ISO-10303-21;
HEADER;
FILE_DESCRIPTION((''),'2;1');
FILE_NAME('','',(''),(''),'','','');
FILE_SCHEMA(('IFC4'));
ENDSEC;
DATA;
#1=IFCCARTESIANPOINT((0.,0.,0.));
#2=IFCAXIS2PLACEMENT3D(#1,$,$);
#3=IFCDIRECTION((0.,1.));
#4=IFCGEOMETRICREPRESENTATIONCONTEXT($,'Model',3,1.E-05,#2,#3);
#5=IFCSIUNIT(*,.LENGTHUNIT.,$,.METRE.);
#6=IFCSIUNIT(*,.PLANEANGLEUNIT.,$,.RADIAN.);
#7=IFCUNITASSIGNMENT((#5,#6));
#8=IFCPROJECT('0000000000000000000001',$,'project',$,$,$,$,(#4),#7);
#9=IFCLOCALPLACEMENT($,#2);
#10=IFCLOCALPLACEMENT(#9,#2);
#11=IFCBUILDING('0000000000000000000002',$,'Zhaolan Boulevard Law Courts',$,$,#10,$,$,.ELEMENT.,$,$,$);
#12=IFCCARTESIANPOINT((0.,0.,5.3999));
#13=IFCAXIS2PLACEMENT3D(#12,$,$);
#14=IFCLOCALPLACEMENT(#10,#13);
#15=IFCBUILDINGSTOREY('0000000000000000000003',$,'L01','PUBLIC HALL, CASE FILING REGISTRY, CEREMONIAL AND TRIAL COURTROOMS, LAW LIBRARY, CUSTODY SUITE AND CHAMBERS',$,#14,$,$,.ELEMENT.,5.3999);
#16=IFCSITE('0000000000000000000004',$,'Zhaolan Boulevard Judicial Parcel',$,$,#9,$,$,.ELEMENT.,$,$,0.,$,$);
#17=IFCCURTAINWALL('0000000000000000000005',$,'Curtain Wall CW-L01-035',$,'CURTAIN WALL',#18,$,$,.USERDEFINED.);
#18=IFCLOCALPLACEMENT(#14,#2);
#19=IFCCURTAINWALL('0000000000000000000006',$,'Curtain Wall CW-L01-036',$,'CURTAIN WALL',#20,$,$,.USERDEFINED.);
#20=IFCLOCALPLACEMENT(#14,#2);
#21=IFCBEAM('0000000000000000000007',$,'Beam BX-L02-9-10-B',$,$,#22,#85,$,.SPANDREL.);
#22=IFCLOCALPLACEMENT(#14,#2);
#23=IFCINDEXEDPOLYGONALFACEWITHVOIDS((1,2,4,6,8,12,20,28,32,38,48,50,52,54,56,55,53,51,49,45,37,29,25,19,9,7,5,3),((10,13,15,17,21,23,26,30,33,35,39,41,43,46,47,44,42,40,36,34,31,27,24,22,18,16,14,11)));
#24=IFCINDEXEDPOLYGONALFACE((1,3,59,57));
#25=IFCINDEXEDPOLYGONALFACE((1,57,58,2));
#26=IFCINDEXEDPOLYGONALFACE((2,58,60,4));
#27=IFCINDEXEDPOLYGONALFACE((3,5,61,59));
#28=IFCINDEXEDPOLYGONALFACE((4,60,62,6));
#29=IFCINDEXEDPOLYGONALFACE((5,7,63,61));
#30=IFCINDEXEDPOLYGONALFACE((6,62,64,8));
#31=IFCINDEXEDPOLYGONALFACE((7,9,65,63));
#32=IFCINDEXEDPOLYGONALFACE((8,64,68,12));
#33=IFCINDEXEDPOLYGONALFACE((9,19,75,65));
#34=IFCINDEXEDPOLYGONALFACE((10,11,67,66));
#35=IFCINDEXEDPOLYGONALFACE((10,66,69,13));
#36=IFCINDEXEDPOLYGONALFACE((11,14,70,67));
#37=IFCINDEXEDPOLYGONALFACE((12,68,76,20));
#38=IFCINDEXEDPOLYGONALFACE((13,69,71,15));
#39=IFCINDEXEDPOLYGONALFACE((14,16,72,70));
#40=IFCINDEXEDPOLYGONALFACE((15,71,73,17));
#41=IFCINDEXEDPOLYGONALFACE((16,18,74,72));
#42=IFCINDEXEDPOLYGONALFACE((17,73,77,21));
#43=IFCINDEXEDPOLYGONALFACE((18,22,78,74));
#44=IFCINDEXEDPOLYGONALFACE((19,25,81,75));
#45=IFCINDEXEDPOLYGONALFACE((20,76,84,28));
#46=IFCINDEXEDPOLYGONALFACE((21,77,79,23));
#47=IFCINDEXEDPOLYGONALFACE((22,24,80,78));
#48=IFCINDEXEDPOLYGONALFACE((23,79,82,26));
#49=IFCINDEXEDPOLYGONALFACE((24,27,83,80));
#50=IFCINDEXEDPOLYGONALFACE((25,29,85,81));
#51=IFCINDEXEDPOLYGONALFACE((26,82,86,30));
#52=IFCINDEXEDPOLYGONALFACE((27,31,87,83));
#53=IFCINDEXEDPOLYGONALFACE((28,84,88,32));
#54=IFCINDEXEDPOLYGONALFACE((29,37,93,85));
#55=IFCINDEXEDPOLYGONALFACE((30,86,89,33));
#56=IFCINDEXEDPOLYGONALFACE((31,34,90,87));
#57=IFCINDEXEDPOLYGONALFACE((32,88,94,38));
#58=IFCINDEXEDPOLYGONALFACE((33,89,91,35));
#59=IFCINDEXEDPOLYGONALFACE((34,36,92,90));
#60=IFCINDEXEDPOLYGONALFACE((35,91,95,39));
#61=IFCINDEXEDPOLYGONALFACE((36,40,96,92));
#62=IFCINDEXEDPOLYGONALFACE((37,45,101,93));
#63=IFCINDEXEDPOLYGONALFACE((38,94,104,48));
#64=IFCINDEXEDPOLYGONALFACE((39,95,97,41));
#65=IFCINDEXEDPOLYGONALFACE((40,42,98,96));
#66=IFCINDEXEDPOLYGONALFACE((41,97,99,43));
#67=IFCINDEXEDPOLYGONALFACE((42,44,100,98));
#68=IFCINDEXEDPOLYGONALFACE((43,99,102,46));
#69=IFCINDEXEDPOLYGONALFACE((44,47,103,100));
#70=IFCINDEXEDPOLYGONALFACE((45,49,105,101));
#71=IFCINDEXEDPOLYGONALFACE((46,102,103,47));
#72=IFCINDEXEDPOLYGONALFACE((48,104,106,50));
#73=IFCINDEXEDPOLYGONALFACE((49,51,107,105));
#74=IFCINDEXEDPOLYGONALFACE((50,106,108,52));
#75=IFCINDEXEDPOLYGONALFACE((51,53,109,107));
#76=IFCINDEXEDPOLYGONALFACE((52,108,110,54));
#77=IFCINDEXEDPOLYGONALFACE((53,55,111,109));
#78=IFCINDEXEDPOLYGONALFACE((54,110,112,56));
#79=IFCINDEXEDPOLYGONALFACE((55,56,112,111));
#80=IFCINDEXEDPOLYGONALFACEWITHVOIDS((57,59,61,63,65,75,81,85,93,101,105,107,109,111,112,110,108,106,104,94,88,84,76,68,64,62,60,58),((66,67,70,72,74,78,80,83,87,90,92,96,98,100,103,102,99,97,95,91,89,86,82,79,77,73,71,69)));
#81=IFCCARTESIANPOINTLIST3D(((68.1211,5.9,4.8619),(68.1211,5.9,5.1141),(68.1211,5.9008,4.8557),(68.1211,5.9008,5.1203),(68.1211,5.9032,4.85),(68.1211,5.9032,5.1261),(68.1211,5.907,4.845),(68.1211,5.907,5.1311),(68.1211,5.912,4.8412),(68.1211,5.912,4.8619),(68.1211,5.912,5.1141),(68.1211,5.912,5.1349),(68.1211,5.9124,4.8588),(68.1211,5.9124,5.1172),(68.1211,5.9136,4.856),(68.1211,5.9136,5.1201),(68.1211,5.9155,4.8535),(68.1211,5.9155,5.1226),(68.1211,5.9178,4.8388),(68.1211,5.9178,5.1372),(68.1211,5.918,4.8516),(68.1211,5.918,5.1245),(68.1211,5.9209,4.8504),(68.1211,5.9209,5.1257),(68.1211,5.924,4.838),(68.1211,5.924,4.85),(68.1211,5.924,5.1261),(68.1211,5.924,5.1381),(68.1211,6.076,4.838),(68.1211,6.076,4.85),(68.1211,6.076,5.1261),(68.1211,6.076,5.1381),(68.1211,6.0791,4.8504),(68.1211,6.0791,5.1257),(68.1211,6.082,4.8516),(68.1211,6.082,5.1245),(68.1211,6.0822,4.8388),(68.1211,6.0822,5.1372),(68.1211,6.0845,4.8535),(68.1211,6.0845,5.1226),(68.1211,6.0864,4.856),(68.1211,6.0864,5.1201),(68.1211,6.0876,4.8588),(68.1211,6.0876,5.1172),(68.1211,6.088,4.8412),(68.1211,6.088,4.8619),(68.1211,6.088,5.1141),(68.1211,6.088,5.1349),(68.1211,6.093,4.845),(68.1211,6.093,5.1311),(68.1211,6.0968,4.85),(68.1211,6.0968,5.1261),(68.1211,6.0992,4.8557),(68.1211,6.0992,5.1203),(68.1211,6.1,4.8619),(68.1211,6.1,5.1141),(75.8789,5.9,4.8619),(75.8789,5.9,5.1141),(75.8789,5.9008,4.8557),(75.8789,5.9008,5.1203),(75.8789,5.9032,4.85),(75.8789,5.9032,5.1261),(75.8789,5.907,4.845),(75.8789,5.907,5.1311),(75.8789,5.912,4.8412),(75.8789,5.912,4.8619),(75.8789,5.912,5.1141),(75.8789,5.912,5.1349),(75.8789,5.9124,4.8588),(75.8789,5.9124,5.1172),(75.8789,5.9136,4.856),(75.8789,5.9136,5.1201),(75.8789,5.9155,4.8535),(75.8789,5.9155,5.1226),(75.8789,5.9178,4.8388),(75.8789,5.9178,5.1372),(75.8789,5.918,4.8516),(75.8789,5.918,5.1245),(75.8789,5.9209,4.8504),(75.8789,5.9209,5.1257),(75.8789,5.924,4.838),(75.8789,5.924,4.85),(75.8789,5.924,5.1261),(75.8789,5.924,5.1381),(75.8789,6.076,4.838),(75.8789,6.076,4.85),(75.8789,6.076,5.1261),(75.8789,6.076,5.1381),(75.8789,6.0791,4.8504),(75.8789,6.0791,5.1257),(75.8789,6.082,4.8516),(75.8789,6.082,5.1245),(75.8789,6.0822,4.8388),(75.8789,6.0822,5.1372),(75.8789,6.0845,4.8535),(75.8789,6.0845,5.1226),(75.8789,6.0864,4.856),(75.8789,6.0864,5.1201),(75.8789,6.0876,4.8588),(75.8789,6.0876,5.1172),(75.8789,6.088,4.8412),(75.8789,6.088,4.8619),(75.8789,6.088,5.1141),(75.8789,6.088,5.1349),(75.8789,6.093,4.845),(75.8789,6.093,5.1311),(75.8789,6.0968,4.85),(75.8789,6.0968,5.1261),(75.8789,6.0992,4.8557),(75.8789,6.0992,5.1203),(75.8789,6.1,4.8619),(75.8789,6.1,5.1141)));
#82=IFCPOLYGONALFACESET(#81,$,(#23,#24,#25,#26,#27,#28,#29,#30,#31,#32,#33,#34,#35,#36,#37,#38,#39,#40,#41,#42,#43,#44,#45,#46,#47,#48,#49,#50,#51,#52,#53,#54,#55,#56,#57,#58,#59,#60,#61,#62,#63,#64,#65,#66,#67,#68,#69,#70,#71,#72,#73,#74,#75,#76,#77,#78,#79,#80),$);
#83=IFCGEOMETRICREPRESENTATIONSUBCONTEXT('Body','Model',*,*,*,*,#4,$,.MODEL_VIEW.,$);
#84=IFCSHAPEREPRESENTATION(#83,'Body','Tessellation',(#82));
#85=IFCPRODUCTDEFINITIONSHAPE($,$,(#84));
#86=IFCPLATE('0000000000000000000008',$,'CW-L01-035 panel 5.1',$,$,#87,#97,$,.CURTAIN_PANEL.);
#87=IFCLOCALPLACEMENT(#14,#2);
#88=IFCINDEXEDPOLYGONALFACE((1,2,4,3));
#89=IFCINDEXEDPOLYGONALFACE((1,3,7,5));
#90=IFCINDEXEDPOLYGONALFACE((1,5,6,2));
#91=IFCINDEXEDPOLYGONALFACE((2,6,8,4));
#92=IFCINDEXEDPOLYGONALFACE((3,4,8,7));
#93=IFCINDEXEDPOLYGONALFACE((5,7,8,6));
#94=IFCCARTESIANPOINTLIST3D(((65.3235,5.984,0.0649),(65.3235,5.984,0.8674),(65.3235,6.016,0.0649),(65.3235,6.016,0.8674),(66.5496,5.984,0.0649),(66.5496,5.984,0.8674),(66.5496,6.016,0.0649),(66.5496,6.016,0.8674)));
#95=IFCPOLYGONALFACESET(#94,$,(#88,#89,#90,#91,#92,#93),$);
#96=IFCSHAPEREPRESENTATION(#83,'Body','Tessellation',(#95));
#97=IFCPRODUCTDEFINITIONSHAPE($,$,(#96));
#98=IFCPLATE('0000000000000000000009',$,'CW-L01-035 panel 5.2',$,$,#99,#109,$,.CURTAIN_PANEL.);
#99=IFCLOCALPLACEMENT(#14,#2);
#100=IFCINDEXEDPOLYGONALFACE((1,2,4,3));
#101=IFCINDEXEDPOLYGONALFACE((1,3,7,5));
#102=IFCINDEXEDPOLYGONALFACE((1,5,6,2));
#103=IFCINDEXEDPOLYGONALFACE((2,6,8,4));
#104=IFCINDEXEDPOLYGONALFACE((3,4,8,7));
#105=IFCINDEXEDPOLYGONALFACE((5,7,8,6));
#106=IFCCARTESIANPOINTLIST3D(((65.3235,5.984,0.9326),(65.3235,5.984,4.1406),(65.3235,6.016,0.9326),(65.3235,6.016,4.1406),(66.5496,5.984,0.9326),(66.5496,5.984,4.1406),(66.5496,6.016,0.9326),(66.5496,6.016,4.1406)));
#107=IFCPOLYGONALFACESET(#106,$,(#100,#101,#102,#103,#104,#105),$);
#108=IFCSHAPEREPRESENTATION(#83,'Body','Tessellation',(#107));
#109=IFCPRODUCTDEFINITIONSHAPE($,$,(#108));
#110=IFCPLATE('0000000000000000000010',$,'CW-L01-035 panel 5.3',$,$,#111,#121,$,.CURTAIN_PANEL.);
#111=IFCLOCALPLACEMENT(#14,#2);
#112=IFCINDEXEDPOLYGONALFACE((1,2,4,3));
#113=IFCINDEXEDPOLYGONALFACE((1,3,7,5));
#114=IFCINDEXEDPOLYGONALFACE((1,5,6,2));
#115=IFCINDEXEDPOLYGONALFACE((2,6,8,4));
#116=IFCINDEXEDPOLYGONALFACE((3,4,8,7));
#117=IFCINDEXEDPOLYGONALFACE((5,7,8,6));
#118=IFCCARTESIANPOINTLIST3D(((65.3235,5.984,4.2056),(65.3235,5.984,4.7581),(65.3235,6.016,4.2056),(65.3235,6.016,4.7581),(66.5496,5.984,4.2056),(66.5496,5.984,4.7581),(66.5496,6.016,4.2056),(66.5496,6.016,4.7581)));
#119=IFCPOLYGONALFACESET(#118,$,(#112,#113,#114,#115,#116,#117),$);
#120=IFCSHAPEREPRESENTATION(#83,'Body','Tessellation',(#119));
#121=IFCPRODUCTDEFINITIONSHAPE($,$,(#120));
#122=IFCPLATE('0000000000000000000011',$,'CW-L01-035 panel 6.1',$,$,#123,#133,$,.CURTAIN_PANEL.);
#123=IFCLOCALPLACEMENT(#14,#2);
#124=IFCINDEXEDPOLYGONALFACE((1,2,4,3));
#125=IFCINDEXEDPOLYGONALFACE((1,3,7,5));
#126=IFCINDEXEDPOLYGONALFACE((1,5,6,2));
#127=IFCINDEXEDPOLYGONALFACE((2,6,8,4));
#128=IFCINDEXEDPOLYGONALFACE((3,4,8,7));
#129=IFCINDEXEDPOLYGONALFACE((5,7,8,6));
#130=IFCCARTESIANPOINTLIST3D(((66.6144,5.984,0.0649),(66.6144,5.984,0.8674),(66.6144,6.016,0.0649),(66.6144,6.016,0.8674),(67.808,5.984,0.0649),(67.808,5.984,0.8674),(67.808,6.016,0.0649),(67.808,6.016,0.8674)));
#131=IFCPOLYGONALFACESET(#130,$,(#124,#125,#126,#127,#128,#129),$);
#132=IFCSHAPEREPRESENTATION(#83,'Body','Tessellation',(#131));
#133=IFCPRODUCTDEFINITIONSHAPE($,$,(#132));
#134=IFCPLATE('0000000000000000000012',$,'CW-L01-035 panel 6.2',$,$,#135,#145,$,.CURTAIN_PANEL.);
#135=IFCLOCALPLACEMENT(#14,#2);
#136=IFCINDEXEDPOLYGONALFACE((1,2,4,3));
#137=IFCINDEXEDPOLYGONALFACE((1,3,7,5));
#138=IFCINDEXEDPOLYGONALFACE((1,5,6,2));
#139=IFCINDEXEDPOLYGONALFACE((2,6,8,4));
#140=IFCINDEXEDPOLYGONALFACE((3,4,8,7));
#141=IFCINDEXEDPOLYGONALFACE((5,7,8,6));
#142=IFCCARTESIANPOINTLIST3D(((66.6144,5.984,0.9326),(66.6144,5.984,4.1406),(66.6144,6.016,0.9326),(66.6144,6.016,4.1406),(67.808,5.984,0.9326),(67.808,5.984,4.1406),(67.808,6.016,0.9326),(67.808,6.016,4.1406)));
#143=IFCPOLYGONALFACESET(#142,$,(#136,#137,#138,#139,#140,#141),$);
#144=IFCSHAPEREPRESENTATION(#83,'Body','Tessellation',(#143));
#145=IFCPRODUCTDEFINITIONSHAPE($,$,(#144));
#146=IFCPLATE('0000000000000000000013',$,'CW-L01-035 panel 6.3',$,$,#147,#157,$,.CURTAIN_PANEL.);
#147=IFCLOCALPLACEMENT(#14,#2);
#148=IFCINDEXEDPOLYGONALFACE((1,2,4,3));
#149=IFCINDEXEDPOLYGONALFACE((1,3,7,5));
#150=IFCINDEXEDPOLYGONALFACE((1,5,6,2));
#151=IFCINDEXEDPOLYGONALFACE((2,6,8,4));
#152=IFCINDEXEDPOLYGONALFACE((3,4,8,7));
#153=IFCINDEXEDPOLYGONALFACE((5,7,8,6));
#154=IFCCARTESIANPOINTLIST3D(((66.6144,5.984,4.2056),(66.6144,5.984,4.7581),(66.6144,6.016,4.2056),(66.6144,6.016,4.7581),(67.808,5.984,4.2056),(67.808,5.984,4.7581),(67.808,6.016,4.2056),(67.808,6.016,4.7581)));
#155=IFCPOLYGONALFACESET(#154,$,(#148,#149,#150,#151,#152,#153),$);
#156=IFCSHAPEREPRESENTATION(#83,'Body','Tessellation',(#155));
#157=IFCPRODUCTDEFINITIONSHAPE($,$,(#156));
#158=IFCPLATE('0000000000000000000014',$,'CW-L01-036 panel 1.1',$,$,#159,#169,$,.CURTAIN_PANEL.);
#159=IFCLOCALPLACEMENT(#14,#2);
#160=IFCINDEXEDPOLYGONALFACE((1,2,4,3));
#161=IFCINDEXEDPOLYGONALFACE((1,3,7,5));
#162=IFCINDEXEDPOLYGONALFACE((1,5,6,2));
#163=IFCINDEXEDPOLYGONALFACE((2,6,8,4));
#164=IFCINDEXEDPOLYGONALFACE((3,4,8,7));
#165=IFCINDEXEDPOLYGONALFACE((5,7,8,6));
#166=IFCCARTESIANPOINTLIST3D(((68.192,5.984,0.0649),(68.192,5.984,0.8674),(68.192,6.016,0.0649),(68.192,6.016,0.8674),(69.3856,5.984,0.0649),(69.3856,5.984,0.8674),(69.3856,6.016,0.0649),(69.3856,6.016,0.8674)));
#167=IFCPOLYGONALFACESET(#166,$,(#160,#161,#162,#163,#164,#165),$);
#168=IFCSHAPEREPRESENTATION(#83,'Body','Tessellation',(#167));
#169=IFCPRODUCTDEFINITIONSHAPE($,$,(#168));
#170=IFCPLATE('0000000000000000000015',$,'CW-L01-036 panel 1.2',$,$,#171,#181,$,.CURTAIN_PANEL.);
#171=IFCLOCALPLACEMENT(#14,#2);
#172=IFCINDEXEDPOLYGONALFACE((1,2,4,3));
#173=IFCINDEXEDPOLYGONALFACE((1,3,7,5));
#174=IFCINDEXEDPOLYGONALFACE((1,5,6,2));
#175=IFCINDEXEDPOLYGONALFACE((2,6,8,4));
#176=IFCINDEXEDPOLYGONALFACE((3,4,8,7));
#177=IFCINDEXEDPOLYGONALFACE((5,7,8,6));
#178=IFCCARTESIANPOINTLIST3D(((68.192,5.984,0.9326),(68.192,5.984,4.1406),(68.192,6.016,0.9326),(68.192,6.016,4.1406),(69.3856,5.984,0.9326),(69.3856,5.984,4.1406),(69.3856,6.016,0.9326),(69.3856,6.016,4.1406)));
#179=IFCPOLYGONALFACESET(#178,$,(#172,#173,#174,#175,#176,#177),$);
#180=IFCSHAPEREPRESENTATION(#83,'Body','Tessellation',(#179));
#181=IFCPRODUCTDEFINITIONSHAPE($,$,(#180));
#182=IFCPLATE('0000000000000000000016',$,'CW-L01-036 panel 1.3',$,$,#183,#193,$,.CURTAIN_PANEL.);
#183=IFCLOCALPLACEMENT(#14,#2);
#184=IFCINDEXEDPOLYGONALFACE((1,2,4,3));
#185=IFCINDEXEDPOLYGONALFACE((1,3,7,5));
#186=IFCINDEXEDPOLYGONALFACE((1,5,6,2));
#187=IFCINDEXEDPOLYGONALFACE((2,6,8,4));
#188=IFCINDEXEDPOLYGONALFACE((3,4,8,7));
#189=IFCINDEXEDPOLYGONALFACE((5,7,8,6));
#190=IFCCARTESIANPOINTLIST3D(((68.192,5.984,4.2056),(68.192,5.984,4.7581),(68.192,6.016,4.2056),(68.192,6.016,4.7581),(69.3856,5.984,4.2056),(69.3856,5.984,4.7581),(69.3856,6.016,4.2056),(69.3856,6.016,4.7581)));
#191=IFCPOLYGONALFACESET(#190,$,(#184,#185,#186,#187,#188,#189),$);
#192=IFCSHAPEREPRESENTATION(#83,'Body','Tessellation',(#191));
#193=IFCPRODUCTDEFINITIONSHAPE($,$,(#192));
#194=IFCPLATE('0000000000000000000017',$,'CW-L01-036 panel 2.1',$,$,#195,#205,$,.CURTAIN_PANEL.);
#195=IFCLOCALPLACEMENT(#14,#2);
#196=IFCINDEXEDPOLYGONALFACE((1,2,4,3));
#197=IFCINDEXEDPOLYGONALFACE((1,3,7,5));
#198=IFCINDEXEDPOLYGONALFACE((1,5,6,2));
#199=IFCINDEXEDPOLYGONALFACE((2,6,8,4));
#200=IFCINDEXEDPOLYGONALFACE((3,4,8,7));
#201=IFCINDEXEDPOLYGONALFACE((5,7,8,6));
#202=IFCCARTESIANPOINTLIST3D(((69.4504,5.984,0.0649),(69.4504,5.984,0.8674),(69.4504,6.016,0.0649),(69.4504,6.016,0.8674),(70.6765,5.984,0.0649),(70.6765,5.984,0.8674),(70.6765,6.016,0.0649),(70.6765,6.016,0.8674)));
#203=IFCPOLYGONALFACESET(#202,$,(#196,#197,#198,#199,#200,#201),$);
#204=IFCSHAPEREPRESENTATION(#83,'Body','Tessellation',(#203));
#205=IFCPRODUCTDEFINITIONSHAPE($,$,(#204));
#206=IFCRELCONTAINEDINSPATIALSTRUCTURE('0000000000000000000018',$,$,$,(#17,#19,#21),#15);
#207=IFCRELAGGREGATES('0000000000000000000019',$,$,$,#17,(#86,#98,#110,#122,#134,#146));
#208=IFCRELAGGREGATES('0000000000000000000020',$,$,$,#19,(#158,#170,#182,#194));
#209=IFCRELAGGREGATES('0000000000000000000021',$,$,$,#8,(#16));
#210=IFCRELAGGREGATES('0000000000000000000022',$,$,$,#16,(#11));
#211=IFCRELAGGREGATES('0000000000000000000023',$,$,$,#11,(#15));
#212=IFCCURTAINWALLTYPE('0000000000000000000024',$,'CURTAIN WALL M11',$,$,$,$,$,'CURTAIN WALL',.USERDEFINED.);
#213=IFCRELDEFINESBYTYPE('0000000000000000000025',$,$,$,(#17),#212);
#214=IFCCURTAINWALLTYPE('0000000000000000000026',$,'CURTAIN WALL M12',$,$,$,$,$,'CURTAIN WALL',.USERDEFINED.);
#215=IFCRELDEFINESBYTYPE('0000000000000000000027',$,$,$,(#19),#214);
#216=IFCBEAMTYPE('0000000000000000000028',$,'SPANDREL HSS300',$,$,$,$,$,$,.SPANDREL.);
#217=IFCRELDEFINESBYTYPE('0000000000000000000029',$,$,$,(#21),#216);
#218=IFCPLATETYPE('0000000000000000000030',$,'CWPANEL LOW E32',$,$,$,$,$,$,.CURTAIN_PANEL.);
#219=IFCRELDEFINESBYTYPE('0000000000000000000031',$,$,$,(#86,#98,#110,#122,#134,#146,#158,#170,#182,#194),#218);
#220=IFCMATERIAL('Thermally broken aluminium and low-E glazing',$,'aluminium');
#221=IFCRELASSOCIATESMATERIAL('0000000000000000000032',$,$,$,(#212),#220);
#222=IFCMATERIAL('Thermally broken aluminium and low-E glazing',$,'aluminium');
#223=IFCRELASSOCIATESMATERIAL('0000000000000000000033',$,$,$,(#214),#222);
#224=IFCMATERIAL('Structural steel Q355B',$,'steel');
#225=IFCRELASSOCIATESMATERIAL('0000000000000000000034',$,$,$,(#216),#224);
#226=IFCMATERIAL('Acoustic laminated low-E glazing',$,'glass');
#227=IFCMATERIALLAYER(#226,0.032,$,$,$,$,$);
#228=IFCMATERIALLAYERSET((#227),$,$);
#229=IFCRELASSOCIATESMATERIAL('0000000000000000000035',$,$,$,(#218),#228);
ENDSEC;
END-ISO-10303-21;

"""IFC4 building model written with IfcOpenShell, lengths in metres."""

from ifc_helpers import new_model, si_unit, direction, frame, origin, origin_2d, place, context, subcontext, project, spatial, rectangle, hollow_rectangle, extrude, material, layer, layer_set, material_profile, profile_set, type_object, element, aggregate, save


model = new_model("IFC4")

# Units and contexts
model_context = context("Model", 3, precision=1e-05, world=origin(), true_north=direction((0.0, 1.0)))
body_context = subcontext(model_context, "Body", "Model", "MODEL_VIEW")
ifc_project = project(units=[si_unit("LENGTHUNIT", "METRE"), si_unit("PLANEANGLEUNIT", "RADIAN")], contexts=[model_context])

# Site, building, storey
site_placement = place(None, origin())
site = spatial("IfcSite", under=ifc_project, at=site_placement, Name="Zhaolan Boulevard Judicial Parcel", CompositionType="ELEMENT", RefElevation=0.0)
building_placement = place(site_placement, origin())
building = spatial("IfcBuilding", under=site, at=building_placement, Name="Zhaolan Boulevard Law Courts", CompositionType="ELEMENT")
storey_placement = place(building_placement, frame((0.0, 0.0, 5.3999)))
storey = spatial("IfcBuildingStorey", under=building, at=storey_placement, Name="L01", Description="PUBLIC HALL, CASE FILING REGISTRY, CEREMONIAL AND TRIAL COURTROOMS, LAW LIBRARY, CUSTODY SUITE AND CHAMBERS", CompositionType="ELEMENT", Elevation=5.3999)

# Curtain walls
ifc_material_1 = material(Name="Thermally broken aluminium and low-E glazing", Category="aluminium")
curtain_wall_type_1 = type_object("IfcCurtainWallType", Name="CURTAIN WALL M11", ElementType="CURTAIN WALL", PredefinedType="USERDEFINED", material=ifc_material_1)
curtain_wall_1_placement = place(storey_placement, origin())
curtain_wall_1 = element("IfcCurtainWall", 1, at=curtain_wall_1_placement, inside=storey, type_object=curtain_wall_type_1, Name="Curtain Wall CW-L01-035", ObjectType="CURTAIN WALL", PredefinedType="USERDEFINED")
ifc_material_2 = material(Name="Thermally broken aluminium and low-E glazing", Category="aluminium")
curtain_wall_type_2 = type_object("IfcCurtainWallType", Name="CURTAIN WALL M12", ElementType="CURTAIN WALL", PredefinedType="USERDEFINED", material=ifc_material_2)
curtain_wall_2_placement = place(storey_placement, origin())
curtain_wall_2 = element("IfcCurtainWall", 2, at=curtain_wall_2_placement, inside=storey, type_object=curtain_wall_type_2, Name="Curtain Wall CW-L01-036", ObjectType="CURTAIN WALL", PredefinedType="USERDEFINED")

# Beam
ifc_material_3 = material(Name="Structural steel Q355B", Category="steel")
ifc_material_profile_1 = material_profile(ifc_material_3, hollow_rectangle(XDim=0.2, YDim=0.3, WallThickness=0.012, InnerFilletRadius=0.012, OuterFilletRadius=0.0239, at=origin_2d()), Name="HSS300x200x12")
ifc_profile_set_1 = profile_set([ifc_material_profile_1], Name="Structural steel Q355B")
beam_type = type_object("IfcBeamType", Name="SPANDREL HSS300", PredefinedType="SPANDREL", material=ifc_profile_set_1)
beam_placement = place(storey_placement, frame((68.1211, 6.0, 4.988), z_axis=(1.0, 0.0, 0.0), x_axis=(0.0, 1.0, 0.0)))
element("IfcBeam", 3, at=beam_placement, inside=storey, type_object=beam_type, Name="Beam BX-L02-9-10-B", PredefinedType="SPANDREL", context=body_context, shape_type="SweptSolid", body=[
    extrude(hollow_rectangle(XDim=0.2, YDim=0.3, WallThickness=0.012, InnerFilletRadius=0.012, OuterFilletRadius=0.0239, at=origin_2d()), origin(), (0.0, 0.0, 1.0), 7.7578),
])

# Plates
ifc_material_4 = material(Name="Acoustic laminated low-E glazing", Category="glass")
ifc_layer_1 = layer(ifc_material_4, 0.032)
ifc_layer_set_1 = layer_set([ifc_layer_1])
plate_type_1 = type_object("IfcPlateType", Name="CWPANEL LOW E32", PredefinedType="CURTAIN_PANEL", material=ifc_layer_set_1)
plate_1_placement = place(storey_placement, frame((65.9365, 6.0, 0.0649), z_axis=(0.0, 0.0, 1.0), x_axis=(1.0, 0.0, 0.0)))
plate_1 = element("IfcPlate", 4, at=plate_1_placement, type_object=plate_type_1, Name="CW-L01-035 panel 5.1", PredefinedType="CURTAIN_PANEL", context=body_context, shape_type="SweptSolid", body=[
    extrude(rectangle(XDim=1.2261, YDim=0.032, at=origin_2d()), origin(), (0.0, 0.0, 1.0), 0.8025),
])
plate_2_placement = place(storey_placement, frame((65.9365, 6.0, 0.9326), z_axis=(0.0, 0.0, 1.0), x_axis=(1.0, 0.0, 0.0)))
plate_2 = element("IfcPlate", 5, at=plate_2_placement, type_object=plate_type_1, Name="CW-L01-035 panel 5.2", PredefinedType="CURTAIN_PANEL", context=body_context, shape_type="SweptSolid", body=[
    extrude(rectangle(XDim=1.2261, YDim=0.032, at=origin_2d()), origin(), (0.0, 0.0, 1.0), 3.208),
])
plate_3_placement = place(storey_placement, frame((65.9365, 6.0, 4.2056), z_axis=(0.0, 0.0, 1.0), x_axis=(1.0, 0.0, 0.0)))
plate_3 = element("IfcPlate", 6, at=plate_3_placement, type_object=plate_type_1, Name="CW-L01-035 panel 5.3", PredefinedType="CURTAIN_PANEL", context=body_context, shape_type="SweptSolid", body=[
    extrude(rectangle(XDim=1.2261, YDim=0.032, at=origin_2d()), origin(), (0.0, 0.0, 1.0), 0.5525),
])
plate_4_placement = place(storey_placement, frame((67.2112, 6.0, 0.0649), z_axis=(0.0, 0.0, 1.0), x_axis=(1.0, 0.0, 0.0)))
plate_4 = element("IfcPlate", 7, at=plate_4_placement, type_object=plate_type_1, Name="CW-L01-035 panel 6.1", PredefinedType="CURTAIN_PANEL", context=body_context, shape_type="SweptSolid", body=[
    extrude(rectangle(XDim=1.1936, YDim=0.032, at=origin_2d()), origin(), (0.0, 0.0, 1.0), 0.8025),
])
plate_5_placement = place(storey_placement, frame((67.2112, 6.0, 0.9326), z_axis=(0.0, 0.0, 1.0), x_axis=(1.0, 0.0, 0.0)))
plate_5 = element("IfcPlate", 8, at=plate_5_placement, type_object=plate_type_1, Name="CW-L01-035 panel 6.2", PredefinedType="CURTAIN_PANEL", context=body_context, shape_type="SweptSolid", body=[
    extrude(rectangle(XDim=1.1936, YDim=0.032, at=origin_2d()), origin(), (0.0, 0.0, 1.0), 3.208),
])
plate_6_placement = place(storey_placement, frame((67.2112, 6.0, 4.2056), z_axis=(0.0, 0.0, 1.0), x_axis=(1.0, 0.0, 0.0)))
plate_6 = element("IfcPlate", 9, at=plate_6_placement, type_object=plate_type_1, Name="CW-L01-035 panel 6.3", PredefinedType="CURTAIN_PANEL", context=body_context, shape_type="SweptSolid", body=[
    extrude(rectangle(XDim=1.1936, YDim=0.032, at=origin_2d()), origin(), (0.0, 0.0, 1.0), 0.5525),
])
aggregate(curtain_wall_1, [plate_1, plate_2, plate_3, plate_4, plate_5, plate_6])
plate_7_placement = place(storey_placement, frame((68.7888, 6.0, 0.0649), z_axis=(0.0, 0.0, 1.0), x_axis=(1.0, 0.0, 0.0)))
plate_7 = element("IfcPlate", 10, at=plate_7_placement, type_object=plate_type_1, Name="CW-L01-036 panel 1.1", PredefinedType="CURTAIN_PANEL", context=body_context, shape_type="SweptSolid", body=[
    extrude(rectangle(XDim=1.1936, YDim=0.032, at=origin_2d()), origin(), (0.0, 0.0, 1.0), 0.8025),
])
plate_8_placement = place(storey_placement, frame((68.7888, 6.0, 0.9326), z_axis=(0.0, 0.0, 1.0), x_axis=(1.0, 0.0, 0.0)))
plate_8 = element("IfcPlate", 11, at=plate_8_placement, type_object=plate_type_1, Name="CW-L01-036 panel 1.2", PredefinedType="CURTAIN_PANEL", context=body_context, shape_type="SweptSolid", body=[
    extrude(rectangle(XDim=1.1936, YDim=0.032, at=origin_2d()), origin(), (0.0, 0.0, 1.0), 3.208),
])
plate_9_placement = place(storey_placement, frame((68.7888, 6.0, 4.2056), z_axis=(0.0, 0.0, 1.0), x_axis=(1.0, 0.0, 0.0)))
plate_9 = element("IfcPlate", 12, at=plate_9_placement, type_object=plate_type_1, Name="CW-L01-036 panel 1.3", PredefinedType="CURTAIN_PANEL", context=body_context, shape_type="SweptSolid", body=[
    extrude(rectangle(XDim=1.1936, YDim=0.032, at=origin_2d()), origin(), (0.0, 0.0, 1.0), 0.5525),
])
plate_10_placement = place(storey_placement, frame((70.0635, 6.0, 0.0649), z_axis=(0.0, 0.0, 1.0), x_axis=(1.0, 0.0, 0.0)))
plate_10 = element("IfcPlate", 13, at=plate_10_placement, type_object=plate_type_1, Name="CW-L01-036 panel 2.1", PredefinedType="CURTAIN_PANEL", context=body_context, shape_type="SweptSolid", body=[
    extrude(rectangle(XDim=1.2261, YDim=0.032, at=origin_2d()), origin(), (0.0, 0.0, 1.0), 0.8025),
])
aggregate(curtain_wall_2, [plate_7, plate_8, plate_9, plate_10])

save(model, "model.ifc")
